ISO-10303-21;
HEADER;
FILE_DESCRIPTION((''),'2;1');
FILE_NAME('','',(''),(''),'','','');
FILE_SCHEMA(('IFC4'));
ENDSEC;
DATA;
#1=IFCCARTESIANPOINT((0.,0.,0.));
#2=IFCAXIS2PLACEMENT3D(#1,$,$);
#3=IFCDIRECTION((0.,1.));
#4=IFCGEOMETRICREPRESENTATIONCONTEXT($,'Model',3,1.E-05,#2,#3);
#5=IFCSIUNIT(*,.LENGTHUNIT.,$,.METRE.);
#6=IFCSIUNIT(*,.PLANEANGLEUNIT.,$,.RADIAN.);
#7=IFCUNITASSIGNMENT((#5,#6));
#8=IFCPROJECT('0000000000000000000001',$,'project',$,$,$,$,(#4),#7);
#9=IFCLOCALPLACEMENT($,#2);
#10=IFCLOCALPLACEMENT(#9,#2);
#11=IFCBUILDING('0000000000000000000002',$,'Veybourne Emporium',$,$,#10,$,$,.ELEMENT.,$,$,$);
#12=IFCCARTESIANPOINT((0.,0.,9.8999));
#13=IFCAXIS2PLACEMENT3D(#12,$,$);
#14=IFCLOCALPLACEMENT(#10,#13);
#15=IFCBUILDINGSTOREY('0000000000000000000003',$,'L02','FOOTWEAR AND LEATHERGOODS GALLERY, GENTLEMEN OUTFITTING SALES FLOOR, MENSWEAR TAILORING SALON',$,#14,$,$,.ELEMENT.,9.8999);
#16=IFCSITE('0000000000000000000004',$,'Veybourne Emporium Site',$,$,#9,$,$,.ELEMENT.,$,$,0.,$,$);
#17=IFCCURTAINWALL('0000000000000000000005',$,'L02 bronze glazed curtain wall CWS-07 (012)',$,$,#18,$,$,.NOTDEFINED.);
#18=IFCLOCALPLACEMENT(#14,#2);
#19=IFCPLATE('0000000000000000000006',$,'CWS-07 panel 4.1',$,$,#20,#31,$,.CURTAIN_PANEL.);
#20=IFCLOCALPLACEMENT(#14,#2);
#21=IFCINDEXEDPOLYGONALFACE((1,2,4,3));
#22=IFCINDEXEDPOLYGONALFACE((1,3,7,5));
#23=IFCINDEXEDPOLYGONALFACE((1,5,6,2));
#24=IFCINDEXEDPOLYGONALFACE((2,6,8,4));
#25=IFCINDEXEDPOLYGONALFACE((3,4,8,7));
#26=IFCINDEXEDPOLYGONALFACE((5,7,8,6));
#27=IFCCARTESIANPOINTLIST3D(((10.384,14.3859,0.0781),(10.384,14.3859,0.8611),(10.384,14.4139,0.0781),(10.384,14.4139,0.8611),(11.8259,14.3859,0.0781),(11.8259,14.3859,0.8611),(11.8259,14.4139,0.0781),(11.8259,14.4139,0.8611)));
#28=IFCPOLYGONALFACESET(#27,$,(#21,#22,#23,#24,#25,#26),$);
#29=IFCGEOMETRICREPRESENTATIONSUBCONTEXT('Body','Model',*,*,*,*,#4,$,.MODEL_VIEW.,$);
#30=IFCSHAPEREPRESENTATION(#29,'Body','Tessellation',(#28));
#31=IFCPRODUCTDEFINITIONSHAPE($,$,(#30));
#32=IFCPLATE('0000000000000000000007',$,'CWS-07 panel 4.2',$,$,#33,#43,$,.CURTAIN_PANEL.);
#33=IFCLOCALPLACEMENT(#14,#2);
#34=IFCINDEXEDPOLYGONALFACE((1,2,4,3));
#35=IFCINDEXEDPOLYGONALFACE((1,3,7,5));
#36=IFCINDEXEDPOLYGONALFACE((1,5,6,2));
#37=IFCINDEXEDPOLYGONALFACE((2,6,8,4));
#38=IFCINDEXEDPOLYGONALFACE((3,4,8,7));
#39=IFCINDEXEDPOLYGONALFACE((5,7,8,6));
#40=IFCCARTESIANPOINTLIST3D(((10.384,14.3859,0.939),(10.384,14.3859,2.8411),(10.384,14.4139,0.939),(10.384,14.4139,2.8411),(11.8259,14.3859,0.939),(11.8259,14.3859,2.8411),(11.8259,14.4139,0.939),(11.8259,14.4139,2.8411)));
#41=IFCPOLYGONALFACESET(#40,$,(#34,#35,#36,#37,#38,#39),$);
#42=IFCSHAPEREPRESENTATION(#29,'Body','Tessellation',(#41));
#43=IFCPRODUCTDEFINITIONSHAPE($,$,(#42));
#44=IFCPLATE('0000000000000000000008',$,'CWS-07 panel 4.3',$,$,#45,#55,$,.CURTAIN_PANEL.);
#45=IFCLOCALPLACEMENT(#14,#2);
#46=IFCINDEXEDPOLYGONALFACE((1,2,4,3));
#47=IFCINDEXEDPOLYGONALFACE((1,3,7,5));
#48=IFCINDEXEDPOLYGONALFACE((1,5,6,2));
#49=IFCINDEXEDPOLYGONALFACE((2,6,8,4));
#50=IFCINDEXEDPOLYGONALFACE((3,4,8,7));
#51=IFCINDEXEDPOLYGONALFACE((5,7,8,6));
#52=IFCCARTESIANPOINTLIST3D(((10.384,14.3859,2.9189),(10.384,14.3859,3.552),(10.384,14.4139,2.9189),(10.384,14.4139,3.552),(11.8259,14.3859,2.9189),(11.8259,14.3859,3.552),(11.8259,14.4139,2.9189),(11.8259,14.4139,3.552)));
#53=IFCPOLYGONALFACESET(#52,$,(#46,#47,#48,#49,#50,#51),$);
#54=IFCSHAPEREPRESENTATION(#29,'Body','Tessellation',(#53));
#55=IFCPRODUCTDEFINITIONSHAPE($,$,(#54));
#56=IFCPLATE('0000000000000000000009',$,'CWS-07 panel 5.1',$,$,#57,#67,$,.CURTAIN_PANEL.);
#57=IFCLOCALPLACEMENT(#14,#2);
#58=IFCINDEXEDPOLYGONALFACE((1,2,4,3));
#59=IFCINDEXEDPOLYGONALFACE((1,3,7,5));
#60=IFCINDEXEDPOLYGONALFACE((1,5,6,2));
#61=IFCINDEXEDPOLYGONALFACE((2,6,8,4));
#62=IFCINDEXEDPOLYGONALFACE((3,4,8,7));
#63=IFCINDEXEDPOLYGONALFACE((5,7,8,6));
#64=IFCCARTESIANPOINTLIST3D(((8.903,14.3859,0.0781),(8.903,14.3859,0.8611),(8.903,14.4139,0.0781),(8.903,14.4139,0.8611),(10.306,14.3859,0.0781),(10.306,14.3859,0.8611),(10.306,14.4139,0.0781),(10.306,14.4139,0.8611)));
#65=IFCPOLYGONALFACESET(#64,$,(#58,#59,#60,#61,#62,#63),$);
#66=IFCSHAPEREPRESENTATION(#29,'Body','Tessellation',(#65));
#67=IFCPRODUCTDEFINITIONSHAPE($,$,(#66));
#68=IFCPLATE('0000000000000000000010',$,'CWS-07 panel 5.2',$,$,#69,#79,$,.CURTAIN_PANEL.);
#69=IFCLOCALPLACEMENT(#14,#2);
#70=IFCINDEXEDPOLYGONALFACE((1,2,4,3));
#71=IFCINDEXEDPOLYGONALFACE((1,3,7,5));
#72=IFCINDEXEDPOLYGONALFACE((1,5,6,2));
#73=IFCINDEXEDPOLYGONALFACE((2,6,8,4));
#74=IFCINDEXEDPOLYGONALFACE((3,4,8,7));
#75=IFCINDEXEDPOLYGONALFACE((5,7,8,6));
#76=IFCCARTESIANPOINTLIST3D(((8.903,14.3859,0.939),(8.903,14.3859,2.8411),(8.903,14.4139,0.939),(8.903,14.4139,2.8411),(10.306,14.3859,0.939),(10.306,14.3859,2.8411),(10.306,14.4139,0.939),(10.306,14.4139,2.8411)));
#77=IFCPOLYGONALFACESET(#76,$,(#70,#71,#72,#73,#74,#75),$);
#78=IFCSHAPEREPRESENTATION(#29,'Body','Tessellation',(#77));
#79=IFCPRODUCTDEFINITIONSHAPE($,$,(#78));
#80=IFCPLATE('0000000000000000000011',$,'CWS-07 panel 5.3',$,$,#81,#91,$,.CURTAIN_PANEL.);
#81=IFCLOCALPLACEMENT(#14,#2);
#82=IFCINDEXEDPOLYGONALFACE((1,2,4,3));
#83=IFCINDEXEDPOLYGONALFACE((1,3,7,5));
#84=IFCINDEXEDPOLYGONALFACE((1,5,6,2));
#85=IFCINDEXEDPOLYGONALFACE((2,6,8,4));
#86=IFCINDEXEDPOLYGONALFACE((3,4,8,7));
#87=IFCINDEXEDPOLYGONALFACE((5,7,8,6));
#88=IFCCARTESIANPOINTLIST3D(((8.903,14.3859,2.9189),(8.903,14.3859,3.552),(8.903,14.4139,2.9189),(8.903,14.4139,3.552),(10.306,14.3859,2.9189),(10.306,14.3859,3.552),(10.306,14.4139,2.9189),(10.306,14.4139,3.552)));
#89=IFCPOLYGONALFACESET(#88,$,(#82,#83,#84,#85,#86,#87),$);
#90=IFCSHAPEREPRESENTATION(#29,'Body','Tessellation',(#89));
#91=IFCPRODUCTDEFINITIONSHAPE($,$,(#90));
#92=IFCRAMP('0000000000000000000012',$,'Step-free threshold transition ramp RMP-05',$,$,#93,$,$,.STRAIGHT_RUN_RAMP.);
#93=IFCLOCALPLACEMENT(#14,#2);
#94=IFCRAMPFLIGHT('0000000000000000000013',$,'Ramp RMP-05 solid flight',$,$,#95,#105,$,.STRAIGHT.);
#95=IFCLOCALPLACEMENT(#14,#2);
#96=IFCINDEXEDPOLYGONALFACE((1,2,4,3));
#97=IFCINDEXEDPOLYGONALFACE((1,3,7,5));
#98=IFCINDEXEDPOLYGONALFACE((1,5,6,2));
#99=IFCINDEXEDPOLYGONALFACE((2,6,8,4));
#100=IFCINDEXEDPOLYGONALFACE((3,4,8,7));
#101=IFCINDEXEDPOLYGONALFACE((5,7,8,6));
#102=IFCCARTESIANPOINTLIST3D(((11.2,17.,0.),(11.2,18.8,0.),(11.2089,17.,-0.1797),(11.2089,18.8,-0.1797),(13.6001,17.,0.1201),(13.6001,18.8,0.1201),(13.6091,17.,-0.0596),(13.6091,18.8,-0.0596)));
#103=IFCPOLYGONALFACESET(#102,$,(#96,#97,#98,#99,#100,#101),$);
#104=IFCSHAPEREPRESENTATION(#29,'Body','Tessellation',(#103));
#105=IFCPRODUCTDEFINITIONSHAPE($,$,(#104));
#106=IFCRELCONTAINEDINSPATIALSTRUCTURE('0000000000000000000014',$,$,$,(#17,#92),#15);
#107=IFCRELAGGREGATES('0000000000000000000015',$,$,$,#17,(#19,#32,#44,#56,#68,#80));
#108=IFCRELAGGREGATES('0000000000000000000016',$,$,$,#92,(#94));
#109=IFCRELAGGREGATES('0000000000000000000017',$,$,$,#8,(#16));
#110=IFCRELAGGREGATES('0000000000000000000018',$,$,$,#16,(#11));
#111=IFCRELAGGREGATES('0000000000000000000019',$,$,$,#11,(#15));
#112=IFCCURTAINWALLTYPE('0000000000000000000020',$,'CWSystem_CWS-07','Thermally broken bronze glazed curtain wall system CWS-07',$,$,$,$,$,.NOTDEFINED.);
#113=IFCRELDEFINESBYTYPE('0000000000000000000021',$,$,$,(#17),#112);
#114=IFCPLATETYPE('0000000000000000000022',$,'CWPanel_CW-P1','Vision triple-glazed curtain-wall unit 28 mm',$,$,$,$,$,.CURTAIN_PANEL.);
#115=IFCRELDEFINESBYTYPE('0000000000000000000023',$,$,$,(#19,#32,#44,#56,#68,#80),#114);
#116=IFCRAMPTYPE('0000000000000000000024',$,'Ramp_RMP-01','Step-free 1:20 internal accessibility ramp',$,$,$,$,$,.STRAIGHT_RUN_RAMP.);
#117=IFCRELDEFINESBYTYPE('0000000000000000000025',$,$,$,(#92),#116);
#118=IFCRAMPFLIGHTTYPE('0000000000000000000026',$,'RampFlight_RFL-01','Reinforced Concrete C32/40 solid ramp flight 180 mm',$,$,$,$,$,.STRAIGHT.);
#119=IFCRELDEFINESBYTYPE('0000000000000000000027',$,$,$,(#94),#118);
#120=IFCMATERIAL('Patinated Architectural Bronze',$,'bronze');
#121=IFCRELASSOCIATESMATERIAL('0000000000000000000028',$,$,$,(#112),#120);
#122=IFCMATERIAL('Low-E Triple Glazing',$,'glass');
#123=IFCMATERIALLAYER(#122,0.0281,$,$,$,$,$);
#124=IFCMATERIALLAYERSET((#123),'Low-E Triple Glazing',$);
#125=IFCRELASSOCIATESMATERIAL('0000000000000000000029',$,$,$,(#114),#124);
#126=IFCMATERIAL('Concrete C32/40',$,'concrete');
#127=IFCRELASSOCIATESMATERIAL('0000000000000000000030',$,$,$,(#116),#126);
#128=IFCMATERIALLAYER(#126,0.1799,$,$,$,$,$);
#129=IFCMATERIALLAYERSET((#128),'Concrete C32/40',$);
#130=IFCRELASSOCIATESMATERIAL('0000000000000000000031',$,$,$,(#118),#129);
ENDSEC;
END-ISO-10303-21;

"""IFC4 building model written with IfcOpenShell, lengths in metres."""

from ifc_helpers import new_model, si_unit, direction, frame, origin, origin_2d, place, context, subcontext, project, spatial, polyline, rectangle, outline, extrude, material, layer, layer_set, type_object, element, aggregate, save


model = new_model("IFC4")

# Units and contexts
model_context = context("Model", 3, precision=1e-05, world=origin(), true_north=direction((0.0, 1.0)))
body_context = subcontext(model_context, "Body", "Model", "MODEL_VIEW")
ifc_project = project(units=[si_unit("LENGTHUNIT", "METRE"), si_unit("PLANEANGLEUNIT", "RADIAN")], contexts=[model_context])

# Site, building, storey
site_placement = place(None, origin())
site = spatial("IfcSite", under=ifc_project, at=site_placement, Name="Veybourne Emporium Site", CompositionType="ELEMENT", RefElevation=0.0)
building_placement = place(site_placement, origin())
building = spatial("IfcBuilding", under=site, at=building_placement, Name="Veybourne Emporium", CompositionType="ELEMENT")
storey_placement = place(building_placement, frame((0.0, 0.0, 9.8999)))
storey = spatial("IfcBuildingStorey", under=building, at=storey_placement, Name="L02", Description="FOOTWEAR AND LEATHERGOODS GALLERY, GENTLEMEN OUTFITTING SALES FLOOR, MENSWEAR TAILORING SALON", CompositionType="ELEMENT", Elevation=9.8999)

# Curtain wall
ifc_material_1 = material(Name="Patinated Architectural Bronze", Category="bronze")
curtain_wall_type = type_object("IfcCurtainWallType", Name="CWSystem_CWS-07", Description="Thermally broken bronze glazed curtain wall system CWS-07", PredefinedType="NOTDEFINED", material=ifc_material_1)
curtain_wall_placement = place(storey_placement, origin())
curtain_wall = element("IfcCurtainWall", 1, at=curtain_wall_placement, inside=storey, type_object=curtain_wall_type, Name="L02 bronze glazed curtain wall CWS-07 (012)", PredefinedType="NOTDEFINED")

# Shared definitions
ifc_material_2 = material(Name="Concrete C32/40", Category="concrete")

# Plates
ifc_material_3 = material(Name="Low-E Triple Glazing", Category="glass")
ifc_layer_1 = layer(ifc_material_3, 0.0281)
ifc_layer_set_1 = layer_set([ifc_layer_1], Name="Low-E Triple Glazing")
plate_type = type_object("IfcPlateType", Name="CWPanel_CW-P1", Description="Vision triple-glazed curtain-wall unit 28 mm", PredefinedType="CURTAIN_PANEL", material=ifc_layer_set_1)
plate_1_placement = place(storey_placement, frame((11.105, 14.3999, 0.0781), z_axis=(0.0, 0.0, 1.0), x_axis=(-1.0, 0.0, 0.0)))
plate_1 = element("IfcPlate", 2, at=plate_1_placement, type_object=plate_type, Name="CWS-07 panel 4.1", PredefinedType="CURTAIN_PANEL", context=body_context, shape_type="SweptSolid", body=[
    extrude(rectangle(XDim=1.4419, YDim=0.0281, at=origin_2d()), origin(), (0.0, 0.0, 1.0), 0.783),
])
plate_2_placement = place(storey_placement, frame((11.105, 14.3999, 0.939), z_axis=(0.0, 0.0, 1.0), x_axis=(-1.0, 0.0, 0.0)))
plate_2 = element("IfcPlate", 3, at=plate_2_placement, type_object=plate_type, Name="CWS-07 panel 4.2", PredefinedType="CURTAIN_PANEL", context=body_context, shape_type="SweptSolid", body=[
    extrude(rectangle(XDim=1.4419, YDim=0.0281, at=origin_2d()), origin(), (0.0, 0.0, 1.0), 1.9021),
])
plate_3_placement = place(storey_placement, frame((11.105, 14.3999, 2.9189), z_axis=(0.0, 0.0, 1.0), x_axis=(-1.0, 0.0, 0.0)))
plate_3 = element("IfcPlate", 4, at=plate_3_placement, type_object=plate_type, Name="CWS-07 panel 4.3", PredefinedType="CURTAIN_PANEL", context=body_context, shape_type="SweptSolid", body=[
    extrude(rectangle(XDim=1.4419, YDim=0.0281, at=origin_2d()), origin(), (0.0, 0.0, 1.0), 0.6331),
])
plate_4_placement = place(storey_placement, frame((9.6045, 14.3999, 0.0781), z_axis=(0.0, 0.0, 1.0), x_axis=(-1.0, 0.0, 0.0)))
plate_4 = element("IfcPlate", 5, at=plate_4_placement, type_object=plate_type, Name="CWS-07 panel 5.1", PredefinedType="CURTAIN_PANEL", context=body_context, shape_type="SweptSolid", body=[
    extrude(rectangle(XDim=1.4031, YDim=0.0281, at=origin_2d()), origin(), (0.0, 0.0, 1.0), 0.783),
])
plate_5_placement = place(storey_placement, frame((9.6045, 14.3999, 0.939), z_axis=(0.0, 0.0, 1.0), x_axis=(-1.0, 0.0, 0.0)))
plate_5 = element("IfcPlate", 6, at=plate_5_placement, type_object=plate_type, Name="CWS-07 panel 5.2", PredefinedType="CURTAIN_PANEL", context=body_context, shape_type="SweptSolid", body=[
    extrude(rectangle(XDim=1.4031, YDim=0.0281, at=origin_2d()), origin(), (0.0, 0.0, 1.0), 1.9021),
])
plate_6_placement = place(storey_placement, frame((9.6045, 14.3999, 2.9189), z_axis=(0.0, 0.0, 1.0), x_axis=(-1.0, 0.0, 0.0)))
plate_6 = element("IfcPlate", 7, at=plate_6_placement, type_object=plate_type, Name="CWS-07 panel 5.3", PredefinedType="CURTAIN_PANEL", context=body_context, shape_type="SweptSolid", body=[
    extrude(rectangle(XDim=1.4031, YDim=0.0281, at=origin_2d()), origin(), (0.0, 0.0, 1.0), 0.6331),
])
aggregate(curtain_wall, [plate_1, plate_2, plate_3, plate_4, plate_5, plate_6])

# Ramp, ramp flight
ramp_type = type_object("IfcRampType", Name="Ramp_RMP-01", Description="Step-free 1:20 internal accessibility ramp", PredefinedType="STRAIGHT_RUN_RAMP", material=ifc_material_2)
ramp_placement = place(storey_placement, origin())
ramp = element("IfcRamp", 8, at=ramp_placement, inside=storey, type_object=ramp_type, Name="Step-free threshold transition ramp RMP-05", PredefinedType="STRAIGHT_RUN_RAMP")
ifc_layer_2 = layer(ifc_material_2, 0.1799)
ifc_layer_set_2 = layer_set([ifc_layer_2], Name="Concrete C32/40")
ramp_flight_type = type_object("IfcRampFlightType", Name="RampFlight_RFL-01", Description="Reinforced Concrete C32/40 solid ramp flight 180 mm", PredefinedType="STRAIGHT", material=ifc_layer_set_2)
ramp_flight_placement = place(storey_placement, frame((11.2, 17.0, 0.0), z_axis=(-0.049983, 0.0, 0.99875), x_axis=(0.99875, 0.0, 0.049983)))
ramp_flight = element("IfcRampFlight", 9, at=ramp_flight_placement, type_object=ramp_flight_type, Name="Ramp RMP-05 solid flight", PredefinedType="STRAIGHT", context=body_context, shape_type="SweptSolid", body=[
    extrude(outline(polyline([(0.0, 0.0), (2.4032, 0.0), (2.4032, 1.8), (0.0, 1.8), (0.0, 0.0)])), origin(), (0.0, 0.0, -1.0), 0.1799),
])
aggregate(ramp, [ramp_flight])

save(model, "model.ifc")
